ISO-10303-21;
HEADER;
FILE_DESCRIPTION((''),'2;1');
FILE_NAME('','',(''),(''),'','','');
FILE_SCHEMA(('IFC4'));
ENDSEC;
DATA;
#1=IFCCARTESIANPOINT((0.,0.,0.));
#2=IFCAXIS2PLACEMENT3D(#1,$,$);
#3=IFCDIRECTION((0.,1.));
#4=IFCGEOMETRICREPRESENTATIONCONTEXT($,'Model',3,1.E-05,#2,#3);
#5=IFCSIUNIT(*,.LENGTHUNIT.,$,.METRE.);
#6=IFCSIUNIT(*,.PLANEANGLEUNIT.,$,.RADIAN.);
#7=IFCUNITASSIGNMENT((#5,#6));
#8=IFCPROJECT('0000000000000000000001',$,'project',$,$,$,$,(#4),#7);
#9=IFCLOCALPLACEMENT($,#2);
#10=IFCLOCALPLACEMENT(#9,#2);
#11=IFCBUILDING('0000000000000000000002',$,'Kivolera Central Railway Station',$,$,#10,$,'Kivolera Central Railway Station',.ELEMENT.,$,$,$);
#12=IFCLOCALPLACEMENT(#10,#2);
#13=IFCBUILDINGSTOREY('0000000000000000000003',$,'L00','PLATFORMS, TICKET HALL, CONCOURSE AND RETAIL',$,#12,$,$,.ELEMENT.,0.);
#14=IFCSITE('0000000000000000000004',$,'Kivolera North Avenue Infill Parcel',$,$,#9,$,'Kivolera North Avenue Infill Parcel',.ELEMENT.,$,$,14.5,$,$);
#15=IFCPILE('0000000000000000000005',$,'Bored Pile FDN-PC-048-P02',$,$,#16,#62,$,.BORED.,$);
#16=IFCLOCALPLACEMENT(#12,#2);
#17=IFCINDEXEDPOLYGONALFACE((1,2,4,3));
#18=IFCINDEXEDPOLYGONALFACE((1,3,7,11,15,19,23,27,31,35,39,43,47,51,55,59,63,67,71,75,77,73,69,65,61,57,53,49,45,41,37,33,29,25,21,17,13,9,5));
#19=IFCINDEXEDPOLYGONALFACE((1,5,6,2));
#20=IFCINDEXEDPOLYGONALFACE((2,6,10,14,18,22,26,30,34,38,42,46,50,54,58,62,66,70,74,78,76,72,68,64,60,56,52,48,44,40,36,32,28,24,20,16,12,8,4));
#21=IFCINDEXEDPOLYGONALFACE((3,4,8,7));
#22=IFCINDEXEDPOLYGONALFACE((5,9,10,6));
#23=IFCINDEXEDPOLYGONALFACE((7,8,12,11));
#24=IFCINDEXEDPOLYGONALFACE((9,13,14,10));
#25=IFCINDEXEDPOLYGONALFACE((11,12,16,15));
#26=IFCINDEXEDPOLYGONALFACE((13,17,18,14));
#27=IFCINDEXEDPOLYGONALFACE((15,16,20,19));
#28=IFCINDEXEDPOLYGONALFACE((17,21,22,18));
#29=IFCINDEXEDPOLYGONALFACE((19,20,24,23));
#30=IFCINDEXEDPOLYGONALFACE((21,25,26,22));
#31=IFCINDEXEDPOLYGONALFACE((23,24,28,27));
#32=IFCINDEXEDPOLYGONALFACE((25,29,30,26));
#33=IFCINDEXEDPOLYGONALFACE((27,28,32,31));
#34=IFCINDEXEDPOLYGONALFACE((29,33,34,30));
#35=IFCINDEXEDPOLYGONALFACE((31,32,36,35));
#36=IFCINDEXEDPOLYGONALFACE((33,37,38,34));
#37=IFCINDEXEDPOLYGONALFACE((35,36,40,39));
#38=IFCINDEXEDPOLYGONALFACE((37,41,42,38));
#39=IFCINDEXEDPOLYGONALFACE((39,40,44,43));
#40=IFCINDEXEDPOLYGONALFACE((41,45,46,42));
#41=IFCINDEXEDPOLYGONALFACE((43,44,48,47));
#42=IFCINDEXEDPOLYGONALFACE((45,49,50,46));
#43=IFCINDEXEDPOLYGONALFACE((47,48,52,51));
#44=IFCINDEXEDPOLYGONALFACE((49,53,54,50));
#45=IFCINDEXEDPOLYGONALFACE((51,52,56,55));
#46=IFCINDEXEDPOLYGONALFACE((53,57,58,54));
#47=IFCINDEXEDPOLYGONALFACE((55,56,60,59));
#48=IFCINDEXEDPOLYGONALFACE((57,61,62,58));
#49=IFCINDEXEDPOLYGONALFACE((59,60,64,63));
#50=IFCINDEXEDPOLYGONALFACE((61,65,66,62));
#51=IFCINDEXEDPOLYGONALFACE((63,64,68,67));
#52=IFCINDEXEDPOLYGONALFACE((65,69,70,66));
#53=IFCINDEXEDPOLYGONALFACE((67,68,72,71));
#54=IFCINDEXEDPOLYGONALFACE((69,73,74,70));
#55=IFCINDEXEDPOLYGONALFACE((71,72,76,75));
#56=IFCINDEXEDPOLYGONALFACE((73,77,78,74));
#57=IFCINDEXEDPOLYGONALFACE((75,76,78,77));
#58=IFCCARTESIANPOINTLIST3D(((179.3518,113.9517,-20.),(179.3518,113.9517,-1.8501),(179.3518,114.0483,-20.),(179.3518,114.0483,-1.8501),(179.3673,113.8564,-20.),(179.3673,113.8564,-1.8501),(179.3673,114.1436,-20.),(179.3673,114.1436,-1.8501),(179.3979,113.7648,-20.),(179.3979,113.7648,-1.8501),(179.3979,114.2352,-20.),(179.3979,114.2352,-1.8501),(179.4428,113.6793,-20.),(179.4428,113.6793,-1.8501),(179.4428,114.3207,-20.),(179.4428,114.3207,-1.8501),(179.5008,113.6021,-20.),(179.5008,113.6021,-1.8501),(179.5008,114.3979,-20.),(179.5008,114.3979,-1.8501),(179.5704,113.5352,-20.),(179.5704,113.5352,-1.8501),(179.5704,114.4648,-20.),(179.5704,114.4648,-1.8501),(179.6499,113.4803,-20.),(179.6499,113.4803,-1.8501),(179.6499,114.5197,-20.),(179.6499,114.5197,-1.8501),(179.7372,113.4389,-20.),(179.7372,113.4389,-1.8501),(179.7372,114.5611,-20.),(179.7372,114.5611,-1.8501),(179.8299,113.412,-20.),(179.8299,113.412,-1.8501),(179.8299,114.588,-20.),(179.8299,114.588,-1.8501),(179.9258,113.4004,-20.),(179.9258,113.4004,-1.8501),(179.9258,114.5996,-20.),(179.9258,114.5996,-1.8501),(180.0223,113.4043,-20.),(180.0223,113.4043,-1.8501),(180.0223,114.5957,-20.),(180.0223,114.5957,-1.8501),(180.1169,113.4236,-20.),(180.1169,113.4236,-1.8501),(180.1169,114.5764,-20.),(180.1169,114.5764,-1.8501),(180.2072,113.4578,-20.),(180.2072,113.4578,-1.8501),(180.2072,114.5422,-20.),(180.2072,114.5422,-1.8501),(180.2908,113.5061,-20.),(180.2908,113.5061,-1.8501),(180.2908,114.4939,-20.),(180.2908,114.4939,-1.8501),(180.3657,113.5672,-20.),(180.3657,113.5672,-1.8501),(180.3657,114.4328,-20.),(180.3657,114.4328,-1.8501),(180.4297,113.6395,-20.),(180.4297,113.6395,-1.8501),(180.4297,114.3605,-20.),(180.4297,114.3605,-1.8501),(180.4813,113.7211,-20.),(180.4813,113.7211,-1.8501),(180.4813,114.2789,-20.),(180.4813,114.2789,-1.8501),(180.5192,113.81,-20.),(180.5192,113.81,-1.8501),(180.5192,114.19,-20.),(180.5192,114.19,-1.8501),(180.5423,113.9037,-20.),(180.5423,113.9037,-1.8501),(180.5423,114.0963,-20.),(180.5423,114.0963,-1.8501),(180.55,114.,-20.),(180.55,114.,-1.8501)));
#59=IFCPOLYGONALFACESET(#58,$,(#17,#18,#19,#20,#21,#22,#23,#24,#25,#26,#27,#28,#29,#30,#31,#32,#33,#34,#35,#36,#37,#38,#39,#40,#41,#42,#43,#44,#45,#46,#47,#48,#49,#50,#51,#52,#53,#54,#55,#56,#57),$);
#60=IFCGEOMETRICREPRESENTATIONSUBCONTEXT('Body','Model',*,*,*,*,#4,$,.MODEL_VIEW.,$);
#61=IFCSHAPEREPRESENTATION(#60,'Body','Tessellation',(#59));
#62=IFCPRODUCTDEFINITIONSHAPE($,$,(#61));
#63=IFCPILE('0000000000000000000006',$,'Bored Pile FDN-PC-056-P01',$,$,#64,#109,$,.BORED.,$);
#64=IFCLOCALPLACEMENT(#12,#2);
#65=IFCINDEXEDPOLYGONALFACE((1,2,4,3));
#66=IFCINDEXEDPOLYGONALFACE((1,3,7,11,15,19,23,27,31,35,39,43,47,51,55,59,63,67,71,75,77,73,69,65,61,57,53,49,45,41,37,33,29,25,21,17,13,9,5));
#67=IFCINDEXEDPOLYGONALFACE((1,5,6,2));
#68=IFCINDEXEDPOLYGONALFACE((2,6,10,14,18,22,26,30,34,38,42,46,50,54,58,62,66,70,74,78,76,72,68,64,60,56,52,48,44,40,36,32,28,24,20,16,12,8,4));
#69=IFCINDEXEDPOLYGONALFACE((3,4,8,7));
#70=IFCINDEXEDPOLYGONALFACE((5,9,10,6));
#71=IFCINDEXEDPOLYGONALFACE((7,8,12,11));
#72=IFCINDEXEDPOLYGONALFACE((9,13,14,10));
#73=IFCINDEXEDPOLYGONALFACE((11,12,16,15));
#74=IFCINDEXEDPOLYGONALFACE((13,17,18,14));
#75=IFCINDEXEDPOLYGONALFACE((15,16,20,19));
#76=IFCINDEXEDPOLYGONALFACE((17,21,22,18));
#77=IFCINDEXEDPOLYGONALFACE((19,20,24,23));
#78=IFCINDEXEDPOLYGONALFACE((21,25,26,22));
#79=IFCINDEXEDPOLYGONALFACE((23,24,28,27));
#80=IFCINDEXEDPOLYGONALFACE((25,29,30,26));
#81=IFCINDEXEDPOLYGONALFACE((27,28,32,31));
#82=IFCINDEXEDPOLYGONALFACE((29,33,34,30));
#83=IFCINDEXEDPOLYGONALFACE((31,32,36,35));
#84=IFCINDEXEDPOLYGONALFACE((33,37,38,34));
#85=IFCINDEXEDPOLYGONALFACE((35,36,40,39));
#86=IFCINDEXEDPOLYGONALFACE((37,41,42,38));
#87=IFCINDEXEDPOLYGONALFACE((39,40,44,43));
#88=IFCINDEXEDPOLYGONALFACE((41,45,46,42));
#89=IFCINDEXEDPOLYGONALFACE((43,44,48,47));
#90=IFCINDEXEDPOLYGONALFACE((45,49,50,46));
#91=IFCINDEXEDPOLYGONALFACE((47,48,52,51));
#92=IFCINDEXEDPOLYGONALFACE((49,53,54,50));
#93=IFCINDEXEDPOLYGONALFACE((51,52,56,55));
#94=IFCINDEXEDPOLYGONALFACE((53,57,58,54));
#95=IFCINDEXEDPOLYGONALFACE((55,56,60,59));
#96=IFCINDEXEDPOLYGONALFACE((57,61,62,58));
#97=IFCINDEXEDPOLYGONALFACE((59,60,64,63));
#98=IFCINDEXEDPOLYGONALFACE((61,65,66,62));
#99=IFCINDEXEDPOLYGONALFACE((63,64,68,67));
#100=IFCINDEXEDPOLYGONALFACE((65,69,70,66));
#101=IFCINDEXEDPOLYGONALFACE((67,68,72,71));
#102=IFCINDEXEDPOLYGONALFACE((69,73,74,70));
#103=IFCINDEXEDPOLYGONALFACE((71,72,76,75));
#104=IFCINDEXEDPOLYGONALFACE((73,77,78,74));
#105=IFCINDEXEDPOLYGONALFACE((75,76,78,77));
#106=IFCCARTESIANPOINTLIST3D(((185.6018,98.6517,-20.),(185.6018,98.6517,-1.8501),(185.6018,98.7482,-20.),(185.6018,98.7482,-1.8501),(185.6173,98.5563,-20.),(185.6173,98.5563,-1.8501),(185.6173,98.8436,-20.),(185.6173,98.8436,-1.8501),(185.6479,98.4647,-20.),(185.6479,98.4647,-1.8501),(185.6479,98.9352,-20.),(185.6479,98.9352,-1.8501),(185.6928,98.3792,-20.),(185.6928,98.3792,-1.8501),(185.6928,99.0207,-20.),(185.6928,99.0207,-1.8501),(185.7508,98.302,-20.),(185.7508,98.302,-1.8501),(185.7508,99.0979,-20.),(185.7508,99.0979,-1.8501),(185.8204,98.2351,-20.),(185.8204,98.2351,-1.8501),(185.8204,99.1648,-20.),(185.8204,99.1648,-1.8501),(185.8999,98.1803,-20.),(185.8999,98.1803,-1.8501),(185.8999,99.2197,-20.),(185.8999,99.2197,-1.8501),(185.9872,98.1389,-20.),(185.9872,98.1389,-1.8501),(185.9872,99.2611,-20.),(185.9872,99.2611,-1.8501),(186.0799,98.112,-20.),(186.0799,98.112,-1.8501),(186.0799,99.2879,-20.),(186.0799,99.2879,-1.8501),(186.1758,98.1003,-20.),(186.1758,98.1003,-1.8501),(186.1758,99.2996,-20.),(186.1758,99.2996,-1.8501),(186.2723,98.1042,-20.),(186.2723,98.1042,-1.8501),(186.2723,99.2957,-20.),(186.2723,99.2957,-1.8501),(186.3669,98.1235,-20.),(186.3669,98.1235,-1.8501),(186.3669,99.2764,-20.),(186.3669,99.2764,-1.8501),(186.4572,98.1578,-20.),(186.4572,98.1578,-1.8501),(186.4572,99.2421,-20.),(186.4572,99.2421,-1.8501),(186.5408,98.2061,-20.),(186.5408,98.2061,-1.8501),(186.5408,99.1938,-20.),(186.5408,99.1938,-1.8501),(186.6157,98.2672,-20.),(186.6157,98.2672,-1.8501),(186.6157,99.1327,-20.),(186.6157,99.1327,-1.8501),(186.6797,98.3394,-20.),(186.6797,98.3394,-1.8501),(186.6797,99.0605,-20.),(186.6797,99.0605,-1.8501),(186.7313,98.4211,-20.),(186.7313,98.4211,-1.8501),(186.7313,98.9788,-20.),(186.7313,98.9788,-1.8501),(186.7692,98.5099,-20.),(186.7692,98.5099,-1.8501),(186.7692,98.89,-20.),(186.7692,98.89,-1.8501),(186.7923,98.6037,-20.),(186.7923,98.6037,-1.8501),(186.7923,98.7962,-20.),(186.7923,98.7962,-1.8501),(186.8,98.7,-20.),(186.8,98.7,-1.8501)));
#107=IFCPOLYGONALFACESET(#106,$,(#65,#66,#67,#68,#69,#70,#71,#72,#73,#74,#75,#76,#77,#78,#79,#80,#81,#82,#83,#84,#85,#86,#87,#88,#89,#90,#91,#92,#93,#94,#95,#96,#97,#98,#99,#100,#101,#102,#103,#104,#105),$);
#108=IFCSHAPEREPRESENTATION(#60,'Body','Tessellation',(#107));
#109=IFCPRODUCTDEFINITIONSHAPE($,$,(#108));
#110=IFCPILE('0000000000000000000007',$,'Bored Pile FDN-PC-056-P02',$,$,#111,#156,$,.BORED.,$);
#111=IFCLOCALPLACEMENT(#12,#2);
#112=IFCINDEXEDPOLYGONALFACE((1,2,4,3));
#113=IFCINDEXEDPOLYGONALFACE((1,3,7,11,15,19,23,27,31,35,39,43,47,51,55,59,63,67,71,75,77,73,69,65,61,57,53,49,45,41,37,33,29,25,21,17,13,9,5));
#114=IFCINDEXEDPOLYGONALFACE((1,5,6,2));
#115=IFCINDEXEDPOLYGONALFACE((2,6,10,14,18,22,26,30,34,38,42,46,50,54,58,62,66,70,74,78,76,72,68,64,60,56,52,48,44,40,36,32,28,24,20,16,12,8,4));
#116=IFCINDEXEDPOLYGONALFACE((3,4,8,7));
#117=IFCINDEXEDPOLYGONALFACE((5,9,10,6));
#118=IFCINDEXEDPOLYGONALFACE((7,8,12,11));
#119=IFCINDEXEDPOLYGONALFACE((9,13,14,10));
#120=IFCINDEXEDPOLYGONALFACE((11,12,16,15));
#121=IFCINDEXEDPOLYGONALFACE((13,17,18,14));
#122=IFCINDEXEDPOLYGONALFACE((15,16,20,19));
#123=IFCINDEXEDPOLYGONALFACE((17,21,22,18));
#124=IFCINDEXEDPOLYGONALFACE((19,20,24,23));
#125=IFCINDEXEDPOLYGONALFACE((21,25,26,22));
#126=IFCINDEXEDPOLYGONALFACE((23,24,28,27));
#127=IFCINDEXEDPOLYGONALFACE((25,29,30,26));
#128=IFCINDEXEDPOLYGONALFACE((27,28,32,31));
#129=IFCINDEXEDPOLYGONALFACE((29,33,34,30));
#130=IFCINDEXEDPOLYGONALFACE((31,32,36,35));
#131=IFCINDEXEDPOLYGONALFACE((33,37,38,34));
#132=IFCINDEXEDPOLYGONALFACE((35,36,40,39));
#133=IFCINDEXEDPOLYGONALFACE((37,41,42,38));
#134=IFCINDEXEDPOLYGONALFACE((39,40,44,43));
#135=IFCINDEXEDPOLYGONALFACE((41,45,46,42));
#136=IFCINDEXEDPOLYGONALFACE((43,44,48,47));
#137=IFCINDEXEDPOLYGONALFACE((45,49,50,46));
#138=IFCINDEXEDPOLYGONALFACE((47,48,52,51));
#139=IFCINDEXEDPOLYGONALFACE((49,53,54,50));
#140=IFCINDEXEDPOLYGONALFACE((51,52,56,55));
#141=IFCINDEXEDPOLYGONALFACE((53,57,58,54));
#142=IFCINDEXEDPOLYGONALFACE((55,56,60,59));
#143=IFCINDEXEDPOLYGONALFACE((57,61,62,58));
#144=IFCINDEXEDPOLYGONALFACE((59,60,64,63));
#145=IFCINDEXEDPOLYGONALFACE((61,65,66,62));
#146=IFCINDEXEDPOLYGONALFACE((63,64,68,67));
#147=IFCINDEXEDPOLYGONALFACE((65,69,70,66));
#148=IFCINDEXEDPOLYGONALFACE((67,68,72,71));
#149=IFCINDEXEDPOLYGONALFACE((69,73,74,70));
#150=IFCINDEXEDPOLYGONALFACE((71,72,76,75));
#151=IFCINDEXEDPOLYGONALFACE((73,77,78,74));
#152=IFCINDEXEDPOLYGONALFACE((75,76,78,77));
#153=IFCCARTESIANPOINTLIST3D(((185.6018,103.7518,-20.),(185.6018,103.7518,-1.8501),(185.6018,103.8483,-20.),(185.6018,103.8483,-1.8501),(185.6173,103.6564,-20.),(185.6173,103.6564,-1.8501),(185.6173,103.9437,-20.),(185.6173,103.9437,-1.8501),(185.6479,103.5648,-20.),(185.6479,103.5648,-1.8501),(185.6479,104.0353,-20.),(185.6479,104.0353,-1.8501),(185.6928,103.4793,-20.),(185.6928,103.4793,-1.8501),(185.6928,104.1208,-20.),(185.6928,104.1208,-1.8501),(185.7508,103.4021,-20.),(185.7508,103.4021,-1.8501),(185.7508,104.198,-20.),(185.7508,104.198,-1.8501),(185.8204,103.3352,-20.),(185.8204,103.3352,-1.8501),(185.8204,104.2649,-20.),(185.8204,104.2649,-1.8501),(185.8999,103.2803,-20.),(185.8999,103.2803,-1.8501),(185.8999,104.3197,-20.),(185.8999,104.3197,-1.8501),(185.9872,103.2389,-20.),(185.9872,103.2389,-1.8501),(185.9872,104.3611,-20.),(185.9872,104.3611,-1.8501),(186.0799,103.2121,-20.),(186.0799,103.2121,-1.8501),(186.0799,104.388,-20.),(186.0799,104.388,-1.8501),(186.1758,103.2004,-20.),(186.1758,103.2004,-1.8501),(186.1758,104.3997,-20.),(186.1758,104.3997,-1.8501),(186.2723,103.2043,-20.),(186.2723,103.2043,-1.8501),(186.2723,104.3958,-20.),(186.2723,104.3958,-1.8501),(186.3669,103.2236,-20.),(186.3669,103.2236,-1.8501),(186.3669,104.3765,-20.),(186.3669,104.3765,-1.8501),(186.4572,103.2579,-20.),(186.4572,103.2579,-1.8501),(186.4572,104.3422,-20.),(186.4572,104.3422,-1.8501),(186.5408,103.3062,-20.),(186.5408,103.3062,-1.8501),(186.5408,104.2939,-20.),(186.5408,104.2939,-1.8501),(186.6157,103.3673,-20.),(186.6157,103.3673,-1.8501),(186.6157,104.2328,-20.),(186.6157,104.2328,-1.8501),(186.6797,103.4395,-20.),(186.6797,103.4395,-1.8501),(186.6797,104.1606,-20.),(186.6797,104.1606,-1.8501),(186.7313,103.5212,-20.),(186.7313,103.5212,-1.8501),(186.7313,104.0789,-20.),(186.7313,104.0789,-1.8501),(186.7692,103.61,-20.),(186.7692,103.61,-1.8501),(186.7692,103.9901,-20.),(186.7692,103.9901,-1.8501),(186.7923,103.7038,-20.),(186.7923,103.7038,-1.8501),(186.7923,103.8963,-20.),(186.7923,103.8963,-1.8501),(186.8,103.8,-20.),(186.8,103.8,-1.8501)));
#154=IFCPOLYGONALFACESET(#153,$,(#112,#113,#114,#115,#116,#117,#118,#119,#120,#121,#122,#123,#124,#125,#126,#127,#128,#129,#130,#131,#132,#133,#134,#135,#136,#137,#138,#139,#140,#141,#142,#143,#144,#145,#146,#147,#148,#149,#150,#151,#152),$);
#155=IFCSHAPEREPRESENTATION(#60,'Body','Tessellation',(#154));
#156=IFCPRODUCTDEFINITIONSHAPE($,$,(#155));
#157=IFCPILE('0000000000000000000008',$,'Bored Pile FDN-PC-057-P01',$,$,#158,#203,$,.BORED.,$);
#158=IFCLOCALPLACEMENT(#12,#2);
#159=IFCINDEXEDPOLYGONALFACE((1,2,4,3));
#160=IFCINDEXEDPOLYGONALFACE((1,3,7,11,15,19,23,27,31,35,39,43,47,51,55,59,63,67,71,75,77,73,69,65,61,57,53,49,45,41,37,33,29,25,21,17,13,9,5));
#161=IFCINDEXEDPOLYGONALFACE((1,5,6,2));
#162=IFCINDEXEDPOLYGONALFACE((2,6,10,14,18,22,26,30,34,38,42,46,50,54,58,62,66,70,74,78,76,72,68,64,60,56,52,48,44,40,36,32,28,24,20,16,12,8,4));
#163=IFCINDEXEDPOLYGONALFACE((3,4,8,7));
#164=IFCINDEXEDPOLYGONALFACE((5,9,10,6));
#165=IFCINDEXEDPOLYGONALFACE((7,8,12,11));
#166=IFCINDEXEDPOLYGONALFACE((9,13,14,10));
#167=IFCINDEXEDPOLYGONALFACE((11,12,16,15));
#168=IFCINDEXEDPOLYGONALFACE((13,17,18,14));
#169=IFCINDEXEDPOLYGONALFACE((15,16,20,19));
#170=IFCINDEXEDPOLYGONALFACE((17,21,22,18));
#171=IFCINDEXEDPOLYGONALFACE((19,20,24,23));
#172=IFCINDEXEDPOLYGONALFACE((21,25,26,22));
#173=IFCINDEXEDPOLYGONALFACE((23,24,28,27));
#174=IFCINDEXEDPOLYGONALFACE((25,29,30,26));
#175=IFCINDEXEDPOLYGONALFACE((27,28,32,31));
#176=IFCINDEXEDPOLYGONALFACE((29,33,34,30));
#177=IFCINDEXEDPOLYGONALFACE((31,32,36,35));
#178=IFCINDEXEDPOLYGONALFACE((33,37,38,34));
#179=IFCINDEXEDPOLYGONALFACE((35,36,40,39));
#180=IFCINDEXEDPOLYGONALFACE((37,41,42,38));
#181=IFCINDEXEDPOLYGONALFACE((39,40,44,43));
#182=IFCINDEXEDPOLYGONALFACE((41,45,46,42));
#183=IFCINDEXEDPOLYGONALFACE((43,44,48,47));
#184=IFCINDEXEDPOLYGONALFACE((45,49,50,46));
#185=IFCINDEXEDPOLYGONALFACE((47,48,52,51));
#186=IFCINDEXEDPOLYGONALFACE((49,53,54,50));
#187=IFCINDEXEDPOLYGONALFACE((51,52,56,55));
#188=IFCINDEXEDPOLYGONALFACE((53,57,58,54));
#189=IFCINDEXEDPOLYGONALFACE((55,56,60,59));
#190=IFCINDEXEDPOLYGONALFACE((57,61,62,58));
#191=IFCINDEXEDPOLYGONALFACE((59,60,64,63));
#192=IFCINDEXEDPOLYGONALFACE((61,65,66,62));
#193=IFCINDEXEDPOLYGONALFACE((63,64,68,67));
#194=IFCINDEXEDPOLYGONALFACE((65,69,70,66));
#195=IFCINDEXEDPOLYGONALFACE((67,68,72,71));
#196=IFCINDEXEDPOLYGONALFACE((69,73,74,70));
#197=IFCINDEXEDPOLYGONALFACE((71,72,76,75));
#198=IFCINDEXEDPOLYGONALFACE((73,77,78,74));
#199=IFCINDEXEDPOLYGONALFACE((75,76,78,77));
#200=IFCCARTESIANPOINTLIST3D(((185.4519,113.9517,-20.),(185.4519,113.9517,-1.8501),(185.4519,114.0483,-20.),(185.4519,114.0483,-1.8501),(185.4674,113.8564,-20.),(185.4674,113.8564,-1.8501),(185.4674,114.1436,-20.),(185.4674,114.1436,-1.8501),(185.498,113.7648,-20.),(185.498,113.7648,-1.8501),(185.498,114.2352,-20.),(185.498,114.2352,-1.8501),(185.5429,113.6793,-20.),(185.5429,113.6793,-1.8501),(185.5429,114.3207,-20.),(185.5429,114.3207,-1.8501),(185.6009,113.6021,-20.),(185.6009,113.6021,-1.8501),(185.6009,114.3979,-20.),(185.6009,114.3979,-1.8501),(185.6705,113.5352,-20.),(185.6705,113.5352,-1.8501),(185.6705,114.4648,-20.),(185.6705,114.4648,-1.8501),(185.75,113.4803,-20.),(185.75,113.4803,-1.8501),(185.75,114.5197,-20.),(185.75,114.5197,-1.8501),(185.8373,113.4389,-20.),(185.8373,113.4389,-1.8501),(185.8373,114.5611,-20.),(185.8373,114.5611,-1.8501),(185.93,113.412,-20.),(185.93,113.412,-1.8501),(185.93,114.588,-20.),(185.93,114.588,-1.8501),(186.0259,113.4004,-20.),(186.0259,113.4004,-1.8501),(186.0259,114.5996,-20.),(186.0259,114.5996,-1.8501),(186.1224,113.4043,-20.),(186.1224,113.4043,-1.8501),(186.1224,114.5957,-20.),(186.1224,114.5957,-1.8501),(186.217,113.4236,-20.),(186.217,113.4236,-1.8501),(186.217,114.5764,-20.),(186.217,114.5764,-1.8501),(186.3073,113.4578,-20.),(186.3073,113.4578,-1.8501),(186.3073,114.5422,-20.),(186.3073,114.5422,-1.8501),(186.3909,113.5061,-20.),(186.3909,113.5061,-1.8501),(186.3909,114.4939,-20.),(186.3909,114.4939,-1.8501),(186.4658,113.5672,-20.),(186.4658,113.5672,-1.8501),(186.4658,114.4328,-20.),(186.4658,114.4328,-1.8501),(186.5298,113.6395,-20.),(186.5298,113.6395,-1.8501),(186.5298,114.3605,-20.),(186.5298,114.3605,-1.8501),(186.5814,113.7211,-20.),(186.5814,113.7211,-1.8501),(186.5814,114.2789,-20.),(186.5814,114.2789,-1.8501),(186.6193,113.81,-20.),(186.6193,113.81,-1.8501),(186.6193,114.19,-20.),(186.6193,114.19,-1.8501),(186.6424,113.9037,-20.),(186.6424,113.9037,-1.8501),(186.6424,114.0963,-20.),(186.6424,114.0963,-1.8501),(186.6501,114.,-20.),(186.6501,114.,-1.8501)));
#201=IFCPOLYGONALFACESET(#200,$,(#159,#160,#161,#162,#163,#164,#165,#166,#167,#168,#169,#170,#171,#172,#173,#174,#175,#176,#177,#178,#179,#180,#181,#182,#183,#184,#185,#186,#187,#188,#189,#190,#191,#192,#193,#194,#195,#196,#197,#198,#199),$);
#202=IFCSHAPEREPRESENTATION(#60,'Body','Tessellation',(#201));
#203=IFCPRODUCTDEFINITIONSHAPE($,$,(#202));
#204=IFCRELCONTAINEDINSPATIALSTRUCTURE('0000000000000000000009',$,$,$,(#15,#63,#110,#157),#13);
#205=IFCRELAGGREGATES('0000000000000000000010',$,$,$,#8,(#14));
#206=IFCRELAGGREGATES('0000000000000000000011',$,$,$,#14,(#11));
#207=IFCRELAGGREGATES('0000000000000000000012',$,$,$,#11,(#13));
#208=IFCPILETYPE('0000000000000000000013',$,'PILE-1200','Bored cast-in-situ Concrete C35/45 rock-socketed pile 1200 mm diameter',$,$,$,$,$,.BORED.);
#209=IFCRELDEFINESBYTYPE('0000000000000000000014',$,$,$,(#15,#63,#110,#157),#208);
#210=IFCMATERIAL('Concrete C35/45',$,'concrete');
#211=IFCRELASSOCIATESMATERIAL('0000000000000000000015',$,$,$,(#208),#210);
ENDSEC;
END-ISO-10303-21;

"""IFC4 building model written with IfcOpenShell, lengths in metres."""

from ifc_helpers import new_model, si_unit, direction, frame, origin, origin_2d, place, context, subcontext, project, spatial, circle, extrude, material, material_profile, profile_set, type_object, element, save


model = new_model("IFC4")

# Units and contexts
model_context = context("Model", 3, precision=1e-05, world=origin(), true_north=direction((0.0, 1.0)))
body_context = subcontext(model_context, "Body", "Model", "MODEL_VIEW")
ifc_project = project(units=[si_unit("LENGTHUNIT", "METRE"), si_unit("PLANEANGLEUNIT", "RADIAN")], contexts=[model_context])

# Site, building, storey
site_placement = place(None, origin())
site = spatial("IfcSite", under=ifc_project, at=site_placement, Name="Kivolera North Avenue Infill Parcel", LongName="Kivolera North Avenue Infill Parcel", CompositionType="ELEMENT", RefElevation=14.5)
building_placement = place(site_placement, origin())
building = spatial("IfcBuilding", under=site, at=building_placement, Name="Kivolera Central Railway Station", LongName="Kivolera Central Railway Station", CompositionType="ELEMENT")
storey_placement = place(building_placement, origin())
storey = spatial("IfcBuildingStorey", under=building, at=storey_placement, Name="L00", Description="PLATFORMS, TICKET HALL, CONCOURSE AND RETAIL", CompositionType="ELEMENT", Elevation=0.0)

# Shared definitions
ifc_material_1 = material(Name="Concrete C35/45", Category="concrete")

# Piles
ifc_material_profile_1 = material_profile(ifc_material_1, circle(Radius=0.6001, at=origin_2d()), Name="PILE D1200")
ifc_profile_set_1 = profile_set([ifc_material_profile_1], Name="Concrete C35/45")
pile_type = type_object("IfcPileType", Name="PILE-1200", Description="Bored cast-in-situ Concrete C35/45 rock-socketed pile 1200 mm diameter", PredefinedType="BORED", material=ifc_profile_set_1)
for number, where, z_axis, x_axis, name in (
    (1, (179.95, 114.0, -1.8501), (0.0, 0.0, -1.0), (1.0, 0.0, 0.0), "Bored Pile FDN-PC-048-P02"),
    (2, (186.2, 98.7, -1.8501), (0.0, 0.0, -1.0), (1.0, 0.0, 0.0), "Bored Pile FDN-PC-056-P01"),
    (3, (186.2, 103.8, -1.8501), (0.0, 0.0, -1.0), (1.0, 0.0, 0.0), "Bored Pile FDN-PC-056-P02"),
    (4, (186.05, 114.0, -1.8501), (0.0, 0.0, -1.0), (1.0, 0.0, 0.0), "Bored Pile FDN-PC-057-P01"),
):
    element("IfcPile", number, at=place(storey_placement, frame(where, z_axis=z_axis, x_axis=x_axis)), inside=storey, type_object=pile_type, Name=name, PredefinedType="BORED", context=body_context, shape_type="SweptSolid", body=[
        extrude(circle(Radius=0.6001, at=origin_2d()), origin(), (0.0, 0.0, 1.0), 18.1499),
    ])

save(model, "model.ifc")
